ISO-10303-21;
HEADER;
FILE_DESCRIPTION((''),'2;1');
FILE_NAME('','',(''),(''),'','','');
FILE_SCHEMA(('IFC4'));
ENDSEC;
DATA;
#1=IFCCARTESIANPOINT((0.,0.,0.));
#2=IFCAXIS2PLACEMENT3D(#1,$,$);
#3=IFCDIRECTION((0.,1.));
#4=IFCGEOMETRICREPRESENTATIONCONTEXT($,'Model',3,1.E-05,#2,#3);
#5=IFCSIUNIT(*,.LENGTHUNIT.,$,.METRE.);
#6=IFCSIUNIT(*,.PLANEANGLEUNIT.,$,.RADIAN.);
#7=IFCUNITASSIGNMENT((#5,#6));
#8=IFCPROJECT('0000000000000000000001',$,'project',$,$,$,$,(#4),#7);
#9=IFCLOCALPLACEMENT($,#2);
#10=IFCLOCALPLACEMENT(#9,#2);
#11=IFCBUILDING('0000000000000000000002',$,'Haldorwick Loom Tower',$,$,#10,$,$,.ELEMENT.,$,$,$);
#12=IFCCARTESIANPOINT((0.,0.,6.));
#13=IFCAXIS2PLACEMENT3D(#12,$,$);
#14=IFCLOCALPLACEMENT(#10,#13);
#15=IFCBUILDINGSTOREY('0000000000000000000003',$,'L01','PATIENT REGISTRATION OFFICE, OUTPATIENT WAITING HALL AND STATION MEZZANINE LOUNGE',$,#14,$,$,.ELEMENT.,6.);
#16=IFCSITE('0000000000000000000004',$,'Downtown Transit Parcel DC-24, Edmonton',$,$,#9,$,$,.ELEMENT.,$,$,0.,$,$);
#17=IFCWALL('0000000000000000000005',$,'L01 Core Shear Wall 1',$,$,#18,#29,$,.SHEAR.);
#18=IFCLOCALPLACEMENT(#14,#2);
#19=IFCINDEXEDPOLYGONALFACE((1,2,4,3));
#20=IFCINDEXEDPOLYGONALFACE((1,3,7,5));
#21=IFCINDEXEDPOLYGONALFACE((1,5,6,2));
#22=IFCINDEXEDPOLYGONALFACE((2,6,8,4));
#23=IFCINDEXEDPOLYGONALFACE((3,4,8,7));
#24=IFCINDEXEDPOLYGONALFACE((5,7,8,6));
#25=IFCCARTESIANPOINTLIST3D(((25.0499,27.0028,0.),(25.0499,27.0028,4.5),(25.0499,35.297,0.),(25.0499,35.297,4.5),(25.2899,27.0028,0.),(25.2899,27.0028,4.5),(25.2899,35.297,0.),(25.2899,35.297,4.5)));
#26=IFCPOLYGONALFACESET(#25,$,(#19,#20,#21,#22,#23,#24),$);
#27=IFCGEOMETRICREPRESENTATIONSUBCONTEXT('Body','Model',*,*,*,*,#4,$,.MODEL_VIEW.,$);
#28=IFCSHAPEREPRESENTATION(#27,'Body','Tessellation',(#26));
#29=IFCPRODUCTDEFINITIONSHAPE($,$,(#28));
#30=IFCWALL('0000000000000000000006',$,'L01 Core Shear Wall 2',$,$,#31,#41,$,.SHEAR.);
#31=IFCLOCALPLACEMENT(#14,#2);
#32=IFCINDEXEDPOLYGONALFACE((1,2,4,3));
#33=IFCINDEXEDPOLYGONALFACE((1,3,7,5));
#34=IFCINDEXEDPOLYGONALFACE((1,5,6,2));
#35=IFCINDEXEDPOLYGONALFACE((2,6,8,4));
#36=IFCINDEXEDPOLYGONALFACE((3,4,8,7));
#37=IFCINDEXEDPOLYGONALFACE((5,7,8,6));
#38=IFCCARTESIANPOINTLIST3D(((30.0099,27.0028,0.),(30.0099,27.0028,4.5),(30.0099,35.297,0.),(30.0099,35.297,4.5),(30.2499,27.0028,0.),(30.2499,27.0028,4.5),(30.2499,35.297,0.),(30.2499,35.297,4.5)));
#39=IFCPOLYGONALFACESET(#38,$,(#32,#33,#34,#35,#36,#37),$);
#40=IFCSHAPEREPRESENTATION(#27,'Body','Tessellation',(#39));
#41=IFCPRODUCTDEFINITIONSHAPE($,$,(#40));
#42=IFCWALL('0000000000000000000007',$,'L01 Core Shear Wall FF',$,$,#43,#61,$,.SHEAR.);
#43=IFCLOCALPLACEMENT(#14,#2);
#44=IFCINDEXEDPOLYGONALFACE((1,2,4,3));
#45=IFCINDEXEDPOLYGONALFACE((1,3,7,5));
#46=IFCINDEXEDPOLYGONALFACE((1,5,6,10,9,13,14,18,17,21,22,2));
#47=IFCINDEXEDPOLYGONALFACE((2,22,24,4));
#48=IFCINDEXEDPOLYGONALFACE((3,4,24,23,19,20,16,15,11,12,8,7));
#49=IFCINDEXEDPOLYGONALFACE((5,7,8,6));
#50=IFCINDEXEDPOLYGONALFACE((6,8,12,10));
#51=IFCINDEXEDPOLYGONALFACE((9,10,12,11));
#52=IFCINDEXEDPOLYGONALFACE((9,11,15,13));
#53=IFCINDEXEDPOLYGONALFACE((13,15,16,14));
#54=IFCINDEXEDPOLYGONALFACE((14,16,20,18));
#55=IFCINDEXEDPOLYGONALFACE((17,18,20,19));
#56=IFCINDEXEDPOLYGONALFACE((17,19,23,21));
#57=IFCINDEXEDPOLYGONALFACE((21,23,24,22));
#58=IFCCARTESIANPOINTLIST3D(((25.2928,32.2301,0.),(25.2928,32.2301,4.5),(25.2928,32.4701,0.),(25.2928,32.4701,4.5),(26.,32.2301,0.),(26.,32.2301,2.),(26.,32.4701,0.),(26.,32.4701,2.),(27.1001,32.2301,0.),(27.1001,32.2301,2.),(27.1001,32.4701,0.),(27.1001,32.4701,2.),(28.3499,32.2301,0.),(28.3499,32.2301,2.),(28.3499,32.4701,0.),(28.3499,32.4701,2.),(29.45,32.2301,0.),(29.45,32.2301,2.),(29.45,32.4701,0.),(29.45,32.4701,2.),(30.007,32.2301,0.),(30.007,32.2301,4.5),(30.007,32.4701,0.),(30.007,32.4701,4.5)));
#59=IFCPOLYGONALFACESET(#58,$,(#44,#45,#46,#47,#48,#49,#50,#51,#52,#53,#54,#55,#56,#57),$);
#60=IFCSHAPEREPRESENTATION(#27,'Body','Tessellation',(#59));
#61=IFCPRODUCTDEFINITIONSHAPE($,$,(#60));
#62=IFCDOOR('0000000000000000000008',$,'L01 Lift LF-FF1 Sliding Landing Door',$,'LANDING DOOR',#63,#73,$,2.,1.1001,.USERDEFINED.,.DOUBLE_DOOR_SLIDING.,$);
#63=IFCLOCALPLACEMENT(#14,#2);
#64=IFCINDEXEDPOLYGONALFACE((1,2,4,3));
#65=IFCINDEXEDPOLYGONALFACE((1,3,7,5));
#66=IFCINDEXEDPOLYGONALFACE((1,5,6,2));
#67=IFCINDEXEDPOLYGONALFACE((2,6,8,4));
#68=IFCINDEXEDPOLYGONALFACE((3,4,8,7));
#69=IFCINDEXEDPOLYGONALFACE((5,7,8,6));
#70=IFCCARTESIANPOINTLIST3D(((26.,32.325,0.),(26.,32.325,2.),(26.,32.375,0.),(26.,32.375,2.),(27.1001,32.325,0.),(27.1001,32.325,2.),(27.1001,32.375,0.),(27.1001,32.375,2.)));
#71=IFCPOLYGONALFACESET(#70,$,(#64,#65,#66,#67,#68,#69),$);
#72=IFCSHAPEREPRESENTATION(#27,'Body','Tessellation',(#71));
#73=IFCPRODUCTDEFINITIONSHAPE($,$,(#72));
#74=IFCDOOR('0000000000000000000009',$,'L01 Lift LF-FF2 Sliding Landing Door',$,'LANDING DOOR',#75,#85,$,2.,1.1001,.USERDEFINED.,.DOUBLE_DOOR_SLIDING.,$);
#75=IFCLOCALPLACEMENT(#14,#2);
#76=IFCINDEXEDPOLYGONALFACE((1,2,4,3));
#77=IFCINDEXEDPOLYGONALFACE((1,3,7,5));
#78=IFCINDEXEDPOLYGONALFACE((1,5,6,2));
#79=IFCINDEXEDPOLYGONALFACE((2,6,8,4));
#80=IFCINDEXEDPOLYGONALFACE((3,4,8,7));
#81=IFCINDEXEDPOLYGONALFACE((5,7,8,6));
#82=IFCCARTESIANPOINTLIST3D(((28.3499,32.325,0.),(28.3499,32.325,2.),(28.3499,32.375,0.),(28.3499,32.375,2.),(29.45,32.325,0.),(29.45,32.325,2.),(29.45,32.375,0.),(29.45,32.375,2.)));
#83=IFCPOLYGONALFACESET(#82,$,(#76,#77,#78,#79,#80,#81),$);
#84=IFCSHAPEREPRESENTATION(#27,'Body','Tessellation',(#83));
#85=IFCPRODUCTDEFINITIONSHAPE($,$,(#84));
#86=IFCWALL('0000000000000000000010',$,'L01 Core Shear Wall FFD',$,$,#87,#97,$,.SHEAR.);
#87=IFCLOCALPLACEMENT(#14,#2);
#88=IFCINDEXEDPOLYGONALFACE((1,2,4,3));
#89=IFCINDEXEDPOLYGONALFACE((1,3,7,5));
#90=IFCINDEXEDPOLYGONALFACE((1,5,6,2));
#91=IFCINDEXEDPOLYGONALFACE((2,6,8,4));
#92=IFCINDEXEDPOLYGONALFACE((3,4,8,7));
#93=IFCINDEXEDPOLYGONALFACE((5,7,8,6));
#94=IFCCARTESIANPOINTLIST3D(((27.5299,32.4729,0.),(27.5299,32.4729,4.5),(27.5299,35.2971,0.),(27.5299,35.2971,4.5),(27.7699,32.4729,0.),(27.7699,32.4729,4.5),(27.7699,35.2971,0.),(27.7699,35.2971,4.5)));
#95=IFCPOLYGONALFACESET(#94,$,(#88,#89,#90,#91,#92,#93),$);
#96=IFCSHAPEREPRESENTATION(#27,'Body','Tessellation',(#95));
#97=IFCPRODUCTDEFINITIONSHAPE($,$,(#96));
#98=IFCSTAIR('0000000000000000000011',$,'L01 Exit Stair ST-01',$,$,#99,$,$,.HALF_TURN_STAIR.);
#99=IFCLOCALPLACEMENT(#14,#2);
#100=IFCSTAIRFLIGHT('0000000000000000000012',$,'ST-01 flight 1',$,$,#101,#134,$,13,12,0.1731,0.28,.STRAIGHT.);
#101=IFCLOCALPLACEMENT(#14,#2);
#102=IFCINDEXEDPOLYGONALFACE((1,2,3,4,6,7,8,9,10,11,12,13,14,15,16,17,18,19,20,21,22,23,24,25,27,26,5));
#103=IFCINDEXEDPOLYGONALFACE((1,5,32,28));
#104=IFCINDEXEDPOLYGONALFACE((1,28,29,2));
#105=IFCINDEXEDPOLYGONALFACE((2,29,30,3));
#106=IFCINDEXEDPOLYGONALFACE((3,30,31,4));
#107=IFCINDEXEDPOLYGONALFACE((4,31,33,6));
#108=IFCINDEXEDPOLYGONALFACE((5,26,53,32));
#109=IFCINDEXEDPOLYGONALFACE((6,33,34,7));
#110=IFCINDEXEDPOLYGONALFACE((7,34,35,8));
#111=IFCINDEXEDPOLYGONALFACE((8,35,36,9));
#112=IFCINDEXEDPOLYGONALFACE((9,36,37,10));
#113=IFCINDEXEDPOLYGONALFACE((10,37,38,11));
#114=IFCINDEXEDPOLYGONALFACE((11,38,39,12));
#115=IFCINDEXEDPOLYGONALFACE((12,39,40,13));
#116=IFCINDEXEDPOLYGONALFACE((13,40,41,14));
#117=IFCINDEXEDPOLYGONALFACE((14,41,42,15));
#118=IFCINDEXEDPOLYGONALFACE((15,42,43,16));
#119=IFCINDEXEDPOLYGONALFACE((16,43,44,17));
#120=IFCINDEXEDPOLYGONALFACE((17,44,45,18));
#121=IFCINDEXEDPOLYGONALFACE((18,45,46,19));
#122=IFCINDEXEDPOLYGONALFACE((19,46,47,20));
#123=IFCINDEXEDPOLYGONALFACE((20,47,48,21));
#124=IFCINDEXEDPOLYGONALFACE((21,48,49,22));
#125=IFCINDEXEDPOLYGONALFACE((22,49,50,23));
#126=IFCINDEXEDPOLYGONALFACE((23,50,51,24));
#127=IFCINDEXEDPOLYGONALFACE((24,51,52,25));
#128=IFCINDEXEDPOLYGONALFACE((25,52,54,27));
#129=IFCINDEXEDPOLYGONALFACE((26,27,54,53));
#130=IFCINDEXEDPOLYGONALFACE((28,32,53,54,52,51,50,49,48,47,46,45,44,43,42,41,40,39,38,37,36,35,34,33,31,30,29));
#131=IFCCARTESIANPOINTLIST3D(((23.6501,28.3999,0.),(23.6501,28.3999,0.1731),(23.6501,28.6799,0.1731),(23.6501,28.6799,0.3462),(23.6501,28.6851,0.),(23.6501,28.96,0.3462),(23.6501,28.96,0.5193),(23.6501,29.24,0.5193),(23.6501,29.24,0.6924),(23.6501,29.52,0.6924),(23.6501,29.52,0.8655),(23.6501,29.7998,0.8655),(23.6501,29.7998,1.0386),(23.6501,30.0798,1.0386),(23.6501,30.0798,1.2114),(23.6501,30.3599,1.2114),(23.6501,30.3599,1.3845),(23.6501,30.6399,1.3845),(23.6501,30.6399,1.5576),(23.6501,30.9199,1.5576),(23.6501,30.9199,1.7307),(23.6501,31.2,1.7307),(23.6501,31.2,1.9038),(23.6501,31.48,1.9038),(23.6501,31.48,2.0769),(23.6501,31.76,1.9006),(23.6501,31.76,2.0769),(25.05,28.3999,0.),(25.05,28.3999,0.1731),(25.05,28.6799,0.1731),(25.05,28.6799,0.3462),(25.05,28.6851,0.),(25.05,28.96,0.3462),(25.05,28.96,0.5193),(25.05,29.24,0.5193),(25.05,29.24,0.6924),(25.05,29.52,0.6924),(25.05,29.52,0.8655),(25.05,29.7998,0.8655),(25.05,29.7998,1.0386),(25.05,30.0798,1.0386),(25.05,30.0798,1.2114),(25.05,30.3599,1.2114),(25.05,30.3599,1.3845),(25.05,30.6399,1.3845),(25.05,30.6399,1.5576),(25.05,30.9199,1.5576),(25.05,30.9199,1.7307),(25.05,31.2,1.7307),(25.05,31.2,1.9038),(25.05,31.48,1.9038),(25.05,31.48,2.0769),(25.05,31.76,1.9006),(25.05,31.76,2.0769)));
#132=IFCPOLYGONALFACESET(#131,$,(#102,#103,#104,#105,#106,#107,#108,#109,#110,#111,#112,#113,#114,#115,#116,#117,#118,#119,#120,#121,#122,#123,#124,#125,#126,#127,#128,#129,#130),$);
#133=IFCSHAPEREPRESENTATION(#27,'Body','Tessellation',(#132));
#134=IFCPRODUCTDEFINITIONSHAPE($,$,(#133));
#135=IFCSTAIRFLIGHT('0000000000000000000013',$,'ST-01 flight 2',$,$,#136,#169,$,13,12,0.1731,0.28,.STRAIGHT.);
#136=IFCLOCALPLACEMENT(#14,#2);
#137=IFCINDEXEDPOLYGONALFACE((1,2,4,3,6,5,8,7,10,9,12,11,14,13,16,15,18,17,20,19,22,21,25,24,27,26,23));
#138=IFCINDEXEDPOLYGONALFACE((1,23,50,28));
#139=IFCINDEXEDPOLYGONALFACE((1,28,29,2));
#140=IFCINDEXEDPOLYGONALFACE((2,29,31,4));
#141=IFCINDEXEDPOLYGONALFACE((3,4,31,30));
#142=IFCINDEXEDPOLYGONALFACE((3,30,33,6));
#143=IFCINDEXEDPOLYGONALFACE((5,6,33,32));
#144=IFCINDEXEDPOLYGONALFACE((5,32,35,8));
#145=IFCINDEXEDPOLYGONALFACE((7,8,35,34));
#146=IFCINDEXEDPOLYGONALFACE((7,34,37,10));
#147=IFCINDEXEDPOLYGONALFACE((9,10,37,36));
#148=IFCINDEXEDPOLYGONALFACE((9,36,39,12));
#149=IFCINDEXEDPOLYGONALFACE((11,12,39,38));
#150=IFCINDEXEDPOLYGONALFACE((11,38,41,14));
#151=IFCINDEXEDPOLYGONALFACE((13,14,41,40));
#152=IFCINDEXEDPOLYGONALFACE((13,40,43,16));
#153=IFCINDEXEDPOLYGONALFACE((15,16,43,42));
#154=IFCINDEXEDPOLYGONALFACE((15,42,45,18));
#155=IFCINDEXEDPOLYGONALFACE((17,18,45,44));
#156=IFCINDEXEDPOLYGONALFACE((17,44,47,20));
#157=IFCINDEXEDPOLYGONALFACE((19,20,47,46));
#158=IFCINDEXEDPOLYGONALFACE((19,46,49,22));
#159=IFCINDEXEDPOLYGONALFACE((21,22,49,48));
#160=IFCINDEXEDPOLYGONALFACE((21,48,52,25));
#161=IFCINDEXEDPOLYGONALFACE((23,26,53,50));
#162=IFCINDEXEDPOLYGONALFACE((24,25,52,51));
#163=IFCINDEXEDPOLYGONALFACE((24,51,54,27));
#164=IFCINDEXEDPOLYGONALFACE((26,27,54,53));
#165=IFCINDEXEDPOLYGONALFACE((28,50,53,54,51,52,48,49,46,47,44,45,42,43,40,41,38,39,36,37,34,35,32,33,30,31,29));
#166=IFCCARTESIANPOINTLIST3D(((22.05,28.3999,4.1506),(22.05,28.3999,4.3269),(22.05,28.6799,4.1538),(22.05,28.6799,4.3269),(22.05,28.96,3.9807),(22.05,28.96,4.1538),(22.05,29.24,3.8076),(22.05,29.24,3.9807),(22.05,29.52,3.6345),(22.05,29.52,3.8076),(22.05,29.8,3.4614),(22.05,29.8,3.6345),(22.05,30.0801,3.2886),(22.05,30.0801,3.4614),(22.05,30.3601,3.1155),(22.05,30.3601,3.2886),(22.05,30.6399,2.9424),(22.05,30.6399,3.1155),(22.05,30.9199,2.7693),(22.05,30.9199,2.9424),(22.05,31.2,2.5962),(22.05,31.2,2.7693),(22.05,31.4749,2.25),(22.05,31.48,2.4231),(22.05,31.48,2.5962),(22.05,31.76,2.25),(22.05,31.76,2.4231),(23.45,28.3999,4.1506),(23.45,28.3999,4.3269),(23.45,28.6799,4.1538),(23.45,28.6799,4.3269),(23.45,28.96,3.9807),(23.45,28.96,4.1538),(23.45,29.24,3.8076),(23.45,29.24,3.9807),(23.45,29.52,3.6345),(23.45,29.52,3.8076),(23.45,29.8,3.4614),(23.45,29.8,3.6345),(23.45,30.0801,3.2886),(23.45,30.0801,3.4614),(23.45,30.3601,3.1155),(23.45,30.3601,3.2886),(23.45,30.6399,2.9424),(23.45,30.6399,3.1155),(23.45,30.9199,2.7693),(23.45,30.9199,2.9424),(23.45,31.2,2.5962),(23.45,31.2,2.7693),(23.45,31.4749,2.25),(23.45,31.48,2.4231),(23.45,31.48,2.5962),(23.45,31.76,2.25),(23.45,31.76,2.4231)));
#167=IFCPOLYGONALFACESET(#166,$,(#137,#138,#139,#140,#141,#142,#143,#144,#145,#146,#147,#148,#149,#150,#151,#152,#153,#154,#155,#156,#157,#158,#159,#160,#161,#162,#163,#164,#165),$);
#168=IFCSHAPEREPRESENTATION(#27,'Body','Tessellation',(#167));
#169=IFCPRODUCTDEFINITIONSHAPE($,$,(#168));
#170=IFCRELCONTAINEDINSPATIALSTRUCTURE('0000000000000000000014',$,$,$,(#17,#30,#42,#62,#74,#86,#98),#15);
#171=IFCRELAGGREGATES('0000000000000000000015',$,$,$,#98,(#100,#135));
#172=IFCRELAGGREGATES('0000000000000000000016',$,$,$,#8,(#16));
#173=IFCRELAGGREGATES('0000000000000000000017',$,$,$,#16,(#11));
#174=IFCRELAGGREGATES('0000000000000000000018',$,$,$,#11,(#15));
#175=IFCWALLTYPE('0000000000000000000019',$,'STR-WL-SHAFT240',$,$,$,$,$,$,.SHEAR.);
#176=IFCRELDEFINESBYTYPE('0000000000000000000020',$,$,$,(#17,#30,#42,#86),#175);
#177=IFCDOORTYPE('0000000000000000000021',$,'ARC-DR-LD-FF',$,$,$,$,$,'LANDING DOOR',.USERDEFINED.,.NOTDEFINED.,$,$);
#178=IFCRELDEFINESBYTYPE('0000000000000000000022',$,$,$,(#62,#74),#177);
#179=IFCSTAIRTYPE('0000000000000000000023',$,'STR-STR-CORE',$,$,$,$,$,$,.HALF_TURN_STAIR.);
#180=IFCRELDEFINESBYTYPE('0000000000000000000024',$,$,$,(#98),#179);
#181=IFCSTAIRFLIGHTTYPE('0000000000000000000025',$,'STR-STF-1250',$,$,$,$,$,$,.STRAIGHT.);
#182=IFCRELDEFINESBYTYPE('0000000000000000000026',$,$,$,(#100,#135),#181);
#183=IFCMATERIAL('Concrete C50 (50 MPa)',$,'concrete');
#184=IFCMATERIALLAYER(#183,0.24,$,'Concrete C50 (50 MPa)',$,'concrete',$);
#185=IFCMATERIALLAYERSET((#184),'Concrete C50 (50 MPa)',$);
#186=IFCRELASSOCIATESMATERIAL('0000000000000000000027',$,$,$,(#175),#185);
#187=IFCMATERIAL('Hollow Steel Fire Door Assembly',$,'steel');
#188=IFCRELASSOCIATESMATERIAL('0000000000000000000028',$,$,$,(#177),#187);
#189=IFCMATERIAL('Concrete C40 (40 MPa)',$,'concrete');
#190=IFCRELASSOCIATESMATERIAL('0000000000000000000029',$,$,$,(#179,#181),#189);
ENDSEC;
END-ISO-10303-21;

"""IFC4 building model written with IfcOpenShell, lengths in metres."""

from ifc_helpers import new_model, si_unit, direction, frame, frame_2d, origin, place, context, subcontext, project, spatial, polyline, rectangle, outline, extrude, material, layer, layer_set, type_object, element, fill, aggregate, save


model = new_model("IFC4")

# Units and contexts
model_context = context("Model", 3, precision=1e-05, world=origin(), true_north=direction((0.0, 1.0)))
body_context = subcontext(model_context, "Body", "Model", "MODEL_VIEW")
ifc_project = project(units=[si_unit("LENGTHUNIT", "METRE"), si_unit("PLANEANGLEUNIT", "RADIAN")], contexts=[model_context])

# Site, building, storey
site_placement = place(None, origin())
site = spatial("IfcSite", under=ifc_project, at=site_placement, Name="Downtown Transit Parcel DC-24, Edmonton", CompositionType="ELEMENT", RefElevation=0.0)
building_placement = place(site_placement, origin())
building = spatial("IfcBuilding", under=site, at=building_placement, Name="Haldorwick Loom Tower", CompositionType="ELEMENT")
storey_placement = place(building_placement, frame((0.0, 0.0, 6.0)))
storey = spatial("IfcBuildingStorey", under=building, at=storey_placement, Name="L01", Description="PATIENT REGISTRATION OFFICE, OUTPATIENT WAITING HALL AND STATION MEZZANINE LOUNGE", CompositionType="ELEMENT", Elevation=6.0)

# Walls
ifc_material_1 = material(Name="Concrete C50 (50 MPa)", Category="concrete")
ifc_layer_1 = layer(ifc_material_1, 0.24, Name="Concrete C50 (50 MPa)", Category="concrete")
ifc_layer_set_1 = layer_set([ifc_layer_1], Name="Concrete C50 (50 MPa)")
wall_type = type_object("IfcWallType", Name="STR-WL-SHAFT240", PredefinedType="SHEAR", material=ifc_layer_set_1)
for number, where, z_axis, x_axis, name in (
    (1, (25.1699, 27.0029, 0.0), (0.0, 0.0, 1.0), (0.0, 1.0, 0.0), "L01 Core Shear Wall 1"),
    (2, (30.1299, 27.0029, 0.0), (0.0, 0.0, 1.0), (0.0, 1.0, 0.0), "L01 Core Shear Wall 2"),
):
    element("IfcWall", number, at=place(storey_placement, frame(where, z_axis=z_axis, x_axis=x_axis)), inside=storey, type_object=wall_type, Name=name, PredefinedType="SHEAR", context=body_context, shape_type="SweptSolid", body=[
        extrude(rectangle(XDim=8.2942, YDim=0.24, at=frame_2d((4.147, 0.0))), origin(), (0.0, 0.0, 1.0), 4.5),
    ])

# Wall, openings, doors
wall_1_placement = place(storey_placement, frame((25.293, 32.3501, 0.0), z_axis=(0.0, 0.0, 1.0), x_axis=(1.0, 0.0, 0.0)))
wall_1 = element("IfcWall", 3, at=wall_1_placement, inside=storey, type_object=wall_type, Name="L01 Core Shear Wall FF", PredefinedType="SHEAR", context=body_context, shape_type="SweptSolid", body=[
    extrude(rectangle(XDim=4.7141, YDim=0.24, at=frame_2d((2.3569, 0.0))), origin(), (0.0, 0.0, 1.0), 4.5),
])
opening_1_placement = place(wall_1_placement, frame((0.707, 0.0, 0.0)))
opening_1 = element("IfcOpeningElement", 4, at=opening_1_placement, cuts=wall_1, PredefinedType="OPENING", context=body_context, shape_type="SweptSolid", body=[
    extrude(rectangle(XDim=1.1001, YDim=2.0, at=frame_2d((0.55, 1.0))), frame((0.0, 0.1299, 0.0), z_axis=(0.0, -1.0, 0.0), x_axis=(1.0, 0.0, 0.0)), (0.0, 0.0, 1.0), 0.26),
])
opening_2_placement = place(wall_1_placement, frame((3.0569, 0.0, 0.0)))
opening_2 = element("IfcOpeningElement", 5, at=opening_2_placement, cuts=wall_1, PredefinedType="OPENING", context=body_context, shape_type="SweptSolid", body=[
    extrude(rectangle(XDim=1.1001, YDim=2.0, at=frame_2d((0.55, 1.0))), frame((0.0, 0.1299, 0.0), z_axis=(0.0, -1.0, 0.0), x_axis=(1.0, 0.0, 0.0)), (0.0, 0.0, 1.0), 0.26),
])
ifc_material_2 = material(Name="Hollow Steel Fire Door Assembly", Category="steel")
door_type = type_object("IfcDoorType", Name="ARC-DR-LD-FF", ElementType="LANDING DOOR", OperationType="NOTDEFINED", PredefinedType="USERDEFINED", material=ifc_material_2)
door_1_placement = place(opening_1_placement, origin())
door_1 = element("IfcDoor", 6, at=door_1_placement, inside=storey, type_object=door_type, Name="L01 Lift LF-FF1 Sliding Landing Door", ObjectType="LANDING DOOR", OperationType="DOUBLE_DOOR_SLIDING", OverallHeight=2.0, OverallWidth=1.1001, PredefinedType="USERDEFINED", context=body_context, shape_type="SweptSolid", body=[
    extrude(rectangle(XDim=1.1001, YDim=2.0, at=frame_2d((0.55, 1.0))), frame((0.0, 0.0249, 0.0), z_axis=(0.0, -1.0, 0.0), x_axis=(1.0, 0.0, 0.0)), (0.0, 0.0, 1.0), 0.05),
])
fill(opening_1, door_1)
door_2_placement = place(opening_2_placement, origin())
door_2 = element("IfcDoor", 7, at=door_2_placement, inside=storey, type_object=door_type, Name="L01 Lift LF-FF2 Sliding Landing Door", ObjectType="LANDING DOOR", OperationType="DOUBLE_DOOR_SLIDING", OverallHeight=2.0, OverallWidth=1.1001, PredefinedType="USERDEFINED", context=body_context, shape_type="SweptSolid", body=[
    extrude(rectangle(XDim=1.1001, YDim=2.0, at=frame_2d((0.55, 1.0))), frame((0.0, 0.0249, 0.0), z_axis=(0.0, -1.0, 0.0), x_axis=(1.0, 0.0, 0.0)), (0.0, 0.0, 1.0), 0.05),
])
fill(opening_2, door_2)

# Wall
wall_2_placement = place(storey_placement, frame((27.6499, 32.4729, 0.0), z_axis=(0.0, 0.0, 1.0), x_axis=(0.0, 1.0, 0.0)))
element("IfcWall", 8, at=wall_2_placement, inside=storey, type_object=wall_type, Name="L01 Core Shear Wall FFD", PredefinedType="SHEAR", context=body_context, shape_type="SweptSolid", body=[
    extrude(rectangle(XDim=2.8242, YDim=0.24, at=frame_2d((1.4121, 0.0))), origin(), (0.0, 0.0, 1.0), 4.5),
])

# Stair, stair flights
ifc_material_3 = material(Name="Concrete C40 (40 MPa)", Category="concrete")
stair_type = type_object("IfcStairType", Name="STR-STR-CORE", PredefinedType="HALF_TURN_STAIR", material=ifc_material_3)
stair_placement = place(storey_placement, origin())
stair = element("IfcStair", 9, at=stair_placement, inside=storey, type_object=stair_type, Name="L01 Exit Stair ST-01", PredefinedType="HALF_TURN_STAIR")
stair_flight_type = type_object("IfcStairFlightType", Name="STR-STF-1250", PredefinedType="STRAIGHT", material=ifc_material_3)
stair_flight_1_placement = place(storey_placement, frame((24.3501, 28.3999, 0.0), z_axis=(0.0, 0.0, 1.0), x_axis=(0.0, 1.0, 0.0)))
stair_flight_1 = element("IfcStairFlight", 10, at=stair_flight_1_placement, type_object=stair_flight_type, Name="ST-01 flight 1", NumberOfRisers=13, NumberOfTreads=12, PredefinedType="STRAIGHT", RiserHeight=0.1731, TreadLength=0.28, context=body_context, shape_type="SweptSolid", body=[
    extrude(outline(polyline([(0.0, 0.0), (0.0, 0.1731), (0.28, 0.1731), (0.28, 0.3462), (0.5601, 0.3462), (0.5601, 0.5193), (0.8401, 0.5193), (0.8401, 0.6924), (1.1201, 0.6924), (1.1201, 0.8655), (1.3999, 0.8655), (1.3999, 1.0386), (1.6799, 1.0386), (1.6799, 1.2114), (1.96, 1.2114), (1.96, 1.3845), (2.24, 1.3845), (2.24, 1.5576), (2.52, 1.5576), (2.52, 1.7307), (2.8, 1.7307), (2.8, 1.9038), (3.0801, 1.9038), (3.0801, 2.0769), (3.3601, 2.0769), (3.3601, 2.25), (3.3601, 1.9006), (0.2852, 0.0), (0.0, 0.0)])), frame((0.0, 0.7, 0.0), z_axis=(0.0, -1.0, 0.0), x_axis=(1.0, 0.0, 0.0)), (0.0, 0.0, 1.0), 1.3999),
])
stair_flight_2_placement = place(storey_placement, frame((22.75, 31.76, 2.25), z_axis=(0.0, 0.0, 1.0), x_axis=(0.0, -1.0, 0.0)))
stair_flight_2 = element("IfcStairFlight", 11, at=stair_flight_2_placement, type_object=stair_flight_type, Name="ST-01 flight 2", NumberOfRisers=13, NumberOfTreads=12, PredefinedType="STRAIGHT", RiserHeight=0.1731, TreadLength=0.28, context=body_context, shape_type="SweptSolid", body=[
    extrude(outline(polyline([(0.0, 0.0), (0.0, 0.1731), (0.28, 0.1731), (0.28, 0.3462), (0.5601, 0.3462), (0.5601, 0.5193), (0.8401, 0.5193), (0.8401, 0.6924), (1.1201, 0.6924), (1.1201, 0.8655), (1.3999, 0.8655), (1.3999, 1.0386), (1.6799, 1.0386), (1.6799, 1.2114), (1.96, 1.2114), (1.96, 1.3845), (2.24, 1.3845), (2.24, 1.5576), (2.52, 1.5576), (2.52, 1.7307), (2.8, 1.7307), (2.8, 1.9038), (3.0801, 1.9038), (3.0801, 2.0769), (3.3601, 2.0769), (3.3601, 2.25), (3.3601, 1.9006), (0.2852, 0.0), (0.0, 0.0)])), frame((0.0, 0.7, 0.0), z_axis=(0.0, -1.0, 0.0), x_axis=(1.0, 0.0, 0.0)), (0.0, 0.0, 1.0), 1.3999),
])
aggregate(stair, [stair_flight_1, stair_flight_2])

save(model, "model.ifc")
